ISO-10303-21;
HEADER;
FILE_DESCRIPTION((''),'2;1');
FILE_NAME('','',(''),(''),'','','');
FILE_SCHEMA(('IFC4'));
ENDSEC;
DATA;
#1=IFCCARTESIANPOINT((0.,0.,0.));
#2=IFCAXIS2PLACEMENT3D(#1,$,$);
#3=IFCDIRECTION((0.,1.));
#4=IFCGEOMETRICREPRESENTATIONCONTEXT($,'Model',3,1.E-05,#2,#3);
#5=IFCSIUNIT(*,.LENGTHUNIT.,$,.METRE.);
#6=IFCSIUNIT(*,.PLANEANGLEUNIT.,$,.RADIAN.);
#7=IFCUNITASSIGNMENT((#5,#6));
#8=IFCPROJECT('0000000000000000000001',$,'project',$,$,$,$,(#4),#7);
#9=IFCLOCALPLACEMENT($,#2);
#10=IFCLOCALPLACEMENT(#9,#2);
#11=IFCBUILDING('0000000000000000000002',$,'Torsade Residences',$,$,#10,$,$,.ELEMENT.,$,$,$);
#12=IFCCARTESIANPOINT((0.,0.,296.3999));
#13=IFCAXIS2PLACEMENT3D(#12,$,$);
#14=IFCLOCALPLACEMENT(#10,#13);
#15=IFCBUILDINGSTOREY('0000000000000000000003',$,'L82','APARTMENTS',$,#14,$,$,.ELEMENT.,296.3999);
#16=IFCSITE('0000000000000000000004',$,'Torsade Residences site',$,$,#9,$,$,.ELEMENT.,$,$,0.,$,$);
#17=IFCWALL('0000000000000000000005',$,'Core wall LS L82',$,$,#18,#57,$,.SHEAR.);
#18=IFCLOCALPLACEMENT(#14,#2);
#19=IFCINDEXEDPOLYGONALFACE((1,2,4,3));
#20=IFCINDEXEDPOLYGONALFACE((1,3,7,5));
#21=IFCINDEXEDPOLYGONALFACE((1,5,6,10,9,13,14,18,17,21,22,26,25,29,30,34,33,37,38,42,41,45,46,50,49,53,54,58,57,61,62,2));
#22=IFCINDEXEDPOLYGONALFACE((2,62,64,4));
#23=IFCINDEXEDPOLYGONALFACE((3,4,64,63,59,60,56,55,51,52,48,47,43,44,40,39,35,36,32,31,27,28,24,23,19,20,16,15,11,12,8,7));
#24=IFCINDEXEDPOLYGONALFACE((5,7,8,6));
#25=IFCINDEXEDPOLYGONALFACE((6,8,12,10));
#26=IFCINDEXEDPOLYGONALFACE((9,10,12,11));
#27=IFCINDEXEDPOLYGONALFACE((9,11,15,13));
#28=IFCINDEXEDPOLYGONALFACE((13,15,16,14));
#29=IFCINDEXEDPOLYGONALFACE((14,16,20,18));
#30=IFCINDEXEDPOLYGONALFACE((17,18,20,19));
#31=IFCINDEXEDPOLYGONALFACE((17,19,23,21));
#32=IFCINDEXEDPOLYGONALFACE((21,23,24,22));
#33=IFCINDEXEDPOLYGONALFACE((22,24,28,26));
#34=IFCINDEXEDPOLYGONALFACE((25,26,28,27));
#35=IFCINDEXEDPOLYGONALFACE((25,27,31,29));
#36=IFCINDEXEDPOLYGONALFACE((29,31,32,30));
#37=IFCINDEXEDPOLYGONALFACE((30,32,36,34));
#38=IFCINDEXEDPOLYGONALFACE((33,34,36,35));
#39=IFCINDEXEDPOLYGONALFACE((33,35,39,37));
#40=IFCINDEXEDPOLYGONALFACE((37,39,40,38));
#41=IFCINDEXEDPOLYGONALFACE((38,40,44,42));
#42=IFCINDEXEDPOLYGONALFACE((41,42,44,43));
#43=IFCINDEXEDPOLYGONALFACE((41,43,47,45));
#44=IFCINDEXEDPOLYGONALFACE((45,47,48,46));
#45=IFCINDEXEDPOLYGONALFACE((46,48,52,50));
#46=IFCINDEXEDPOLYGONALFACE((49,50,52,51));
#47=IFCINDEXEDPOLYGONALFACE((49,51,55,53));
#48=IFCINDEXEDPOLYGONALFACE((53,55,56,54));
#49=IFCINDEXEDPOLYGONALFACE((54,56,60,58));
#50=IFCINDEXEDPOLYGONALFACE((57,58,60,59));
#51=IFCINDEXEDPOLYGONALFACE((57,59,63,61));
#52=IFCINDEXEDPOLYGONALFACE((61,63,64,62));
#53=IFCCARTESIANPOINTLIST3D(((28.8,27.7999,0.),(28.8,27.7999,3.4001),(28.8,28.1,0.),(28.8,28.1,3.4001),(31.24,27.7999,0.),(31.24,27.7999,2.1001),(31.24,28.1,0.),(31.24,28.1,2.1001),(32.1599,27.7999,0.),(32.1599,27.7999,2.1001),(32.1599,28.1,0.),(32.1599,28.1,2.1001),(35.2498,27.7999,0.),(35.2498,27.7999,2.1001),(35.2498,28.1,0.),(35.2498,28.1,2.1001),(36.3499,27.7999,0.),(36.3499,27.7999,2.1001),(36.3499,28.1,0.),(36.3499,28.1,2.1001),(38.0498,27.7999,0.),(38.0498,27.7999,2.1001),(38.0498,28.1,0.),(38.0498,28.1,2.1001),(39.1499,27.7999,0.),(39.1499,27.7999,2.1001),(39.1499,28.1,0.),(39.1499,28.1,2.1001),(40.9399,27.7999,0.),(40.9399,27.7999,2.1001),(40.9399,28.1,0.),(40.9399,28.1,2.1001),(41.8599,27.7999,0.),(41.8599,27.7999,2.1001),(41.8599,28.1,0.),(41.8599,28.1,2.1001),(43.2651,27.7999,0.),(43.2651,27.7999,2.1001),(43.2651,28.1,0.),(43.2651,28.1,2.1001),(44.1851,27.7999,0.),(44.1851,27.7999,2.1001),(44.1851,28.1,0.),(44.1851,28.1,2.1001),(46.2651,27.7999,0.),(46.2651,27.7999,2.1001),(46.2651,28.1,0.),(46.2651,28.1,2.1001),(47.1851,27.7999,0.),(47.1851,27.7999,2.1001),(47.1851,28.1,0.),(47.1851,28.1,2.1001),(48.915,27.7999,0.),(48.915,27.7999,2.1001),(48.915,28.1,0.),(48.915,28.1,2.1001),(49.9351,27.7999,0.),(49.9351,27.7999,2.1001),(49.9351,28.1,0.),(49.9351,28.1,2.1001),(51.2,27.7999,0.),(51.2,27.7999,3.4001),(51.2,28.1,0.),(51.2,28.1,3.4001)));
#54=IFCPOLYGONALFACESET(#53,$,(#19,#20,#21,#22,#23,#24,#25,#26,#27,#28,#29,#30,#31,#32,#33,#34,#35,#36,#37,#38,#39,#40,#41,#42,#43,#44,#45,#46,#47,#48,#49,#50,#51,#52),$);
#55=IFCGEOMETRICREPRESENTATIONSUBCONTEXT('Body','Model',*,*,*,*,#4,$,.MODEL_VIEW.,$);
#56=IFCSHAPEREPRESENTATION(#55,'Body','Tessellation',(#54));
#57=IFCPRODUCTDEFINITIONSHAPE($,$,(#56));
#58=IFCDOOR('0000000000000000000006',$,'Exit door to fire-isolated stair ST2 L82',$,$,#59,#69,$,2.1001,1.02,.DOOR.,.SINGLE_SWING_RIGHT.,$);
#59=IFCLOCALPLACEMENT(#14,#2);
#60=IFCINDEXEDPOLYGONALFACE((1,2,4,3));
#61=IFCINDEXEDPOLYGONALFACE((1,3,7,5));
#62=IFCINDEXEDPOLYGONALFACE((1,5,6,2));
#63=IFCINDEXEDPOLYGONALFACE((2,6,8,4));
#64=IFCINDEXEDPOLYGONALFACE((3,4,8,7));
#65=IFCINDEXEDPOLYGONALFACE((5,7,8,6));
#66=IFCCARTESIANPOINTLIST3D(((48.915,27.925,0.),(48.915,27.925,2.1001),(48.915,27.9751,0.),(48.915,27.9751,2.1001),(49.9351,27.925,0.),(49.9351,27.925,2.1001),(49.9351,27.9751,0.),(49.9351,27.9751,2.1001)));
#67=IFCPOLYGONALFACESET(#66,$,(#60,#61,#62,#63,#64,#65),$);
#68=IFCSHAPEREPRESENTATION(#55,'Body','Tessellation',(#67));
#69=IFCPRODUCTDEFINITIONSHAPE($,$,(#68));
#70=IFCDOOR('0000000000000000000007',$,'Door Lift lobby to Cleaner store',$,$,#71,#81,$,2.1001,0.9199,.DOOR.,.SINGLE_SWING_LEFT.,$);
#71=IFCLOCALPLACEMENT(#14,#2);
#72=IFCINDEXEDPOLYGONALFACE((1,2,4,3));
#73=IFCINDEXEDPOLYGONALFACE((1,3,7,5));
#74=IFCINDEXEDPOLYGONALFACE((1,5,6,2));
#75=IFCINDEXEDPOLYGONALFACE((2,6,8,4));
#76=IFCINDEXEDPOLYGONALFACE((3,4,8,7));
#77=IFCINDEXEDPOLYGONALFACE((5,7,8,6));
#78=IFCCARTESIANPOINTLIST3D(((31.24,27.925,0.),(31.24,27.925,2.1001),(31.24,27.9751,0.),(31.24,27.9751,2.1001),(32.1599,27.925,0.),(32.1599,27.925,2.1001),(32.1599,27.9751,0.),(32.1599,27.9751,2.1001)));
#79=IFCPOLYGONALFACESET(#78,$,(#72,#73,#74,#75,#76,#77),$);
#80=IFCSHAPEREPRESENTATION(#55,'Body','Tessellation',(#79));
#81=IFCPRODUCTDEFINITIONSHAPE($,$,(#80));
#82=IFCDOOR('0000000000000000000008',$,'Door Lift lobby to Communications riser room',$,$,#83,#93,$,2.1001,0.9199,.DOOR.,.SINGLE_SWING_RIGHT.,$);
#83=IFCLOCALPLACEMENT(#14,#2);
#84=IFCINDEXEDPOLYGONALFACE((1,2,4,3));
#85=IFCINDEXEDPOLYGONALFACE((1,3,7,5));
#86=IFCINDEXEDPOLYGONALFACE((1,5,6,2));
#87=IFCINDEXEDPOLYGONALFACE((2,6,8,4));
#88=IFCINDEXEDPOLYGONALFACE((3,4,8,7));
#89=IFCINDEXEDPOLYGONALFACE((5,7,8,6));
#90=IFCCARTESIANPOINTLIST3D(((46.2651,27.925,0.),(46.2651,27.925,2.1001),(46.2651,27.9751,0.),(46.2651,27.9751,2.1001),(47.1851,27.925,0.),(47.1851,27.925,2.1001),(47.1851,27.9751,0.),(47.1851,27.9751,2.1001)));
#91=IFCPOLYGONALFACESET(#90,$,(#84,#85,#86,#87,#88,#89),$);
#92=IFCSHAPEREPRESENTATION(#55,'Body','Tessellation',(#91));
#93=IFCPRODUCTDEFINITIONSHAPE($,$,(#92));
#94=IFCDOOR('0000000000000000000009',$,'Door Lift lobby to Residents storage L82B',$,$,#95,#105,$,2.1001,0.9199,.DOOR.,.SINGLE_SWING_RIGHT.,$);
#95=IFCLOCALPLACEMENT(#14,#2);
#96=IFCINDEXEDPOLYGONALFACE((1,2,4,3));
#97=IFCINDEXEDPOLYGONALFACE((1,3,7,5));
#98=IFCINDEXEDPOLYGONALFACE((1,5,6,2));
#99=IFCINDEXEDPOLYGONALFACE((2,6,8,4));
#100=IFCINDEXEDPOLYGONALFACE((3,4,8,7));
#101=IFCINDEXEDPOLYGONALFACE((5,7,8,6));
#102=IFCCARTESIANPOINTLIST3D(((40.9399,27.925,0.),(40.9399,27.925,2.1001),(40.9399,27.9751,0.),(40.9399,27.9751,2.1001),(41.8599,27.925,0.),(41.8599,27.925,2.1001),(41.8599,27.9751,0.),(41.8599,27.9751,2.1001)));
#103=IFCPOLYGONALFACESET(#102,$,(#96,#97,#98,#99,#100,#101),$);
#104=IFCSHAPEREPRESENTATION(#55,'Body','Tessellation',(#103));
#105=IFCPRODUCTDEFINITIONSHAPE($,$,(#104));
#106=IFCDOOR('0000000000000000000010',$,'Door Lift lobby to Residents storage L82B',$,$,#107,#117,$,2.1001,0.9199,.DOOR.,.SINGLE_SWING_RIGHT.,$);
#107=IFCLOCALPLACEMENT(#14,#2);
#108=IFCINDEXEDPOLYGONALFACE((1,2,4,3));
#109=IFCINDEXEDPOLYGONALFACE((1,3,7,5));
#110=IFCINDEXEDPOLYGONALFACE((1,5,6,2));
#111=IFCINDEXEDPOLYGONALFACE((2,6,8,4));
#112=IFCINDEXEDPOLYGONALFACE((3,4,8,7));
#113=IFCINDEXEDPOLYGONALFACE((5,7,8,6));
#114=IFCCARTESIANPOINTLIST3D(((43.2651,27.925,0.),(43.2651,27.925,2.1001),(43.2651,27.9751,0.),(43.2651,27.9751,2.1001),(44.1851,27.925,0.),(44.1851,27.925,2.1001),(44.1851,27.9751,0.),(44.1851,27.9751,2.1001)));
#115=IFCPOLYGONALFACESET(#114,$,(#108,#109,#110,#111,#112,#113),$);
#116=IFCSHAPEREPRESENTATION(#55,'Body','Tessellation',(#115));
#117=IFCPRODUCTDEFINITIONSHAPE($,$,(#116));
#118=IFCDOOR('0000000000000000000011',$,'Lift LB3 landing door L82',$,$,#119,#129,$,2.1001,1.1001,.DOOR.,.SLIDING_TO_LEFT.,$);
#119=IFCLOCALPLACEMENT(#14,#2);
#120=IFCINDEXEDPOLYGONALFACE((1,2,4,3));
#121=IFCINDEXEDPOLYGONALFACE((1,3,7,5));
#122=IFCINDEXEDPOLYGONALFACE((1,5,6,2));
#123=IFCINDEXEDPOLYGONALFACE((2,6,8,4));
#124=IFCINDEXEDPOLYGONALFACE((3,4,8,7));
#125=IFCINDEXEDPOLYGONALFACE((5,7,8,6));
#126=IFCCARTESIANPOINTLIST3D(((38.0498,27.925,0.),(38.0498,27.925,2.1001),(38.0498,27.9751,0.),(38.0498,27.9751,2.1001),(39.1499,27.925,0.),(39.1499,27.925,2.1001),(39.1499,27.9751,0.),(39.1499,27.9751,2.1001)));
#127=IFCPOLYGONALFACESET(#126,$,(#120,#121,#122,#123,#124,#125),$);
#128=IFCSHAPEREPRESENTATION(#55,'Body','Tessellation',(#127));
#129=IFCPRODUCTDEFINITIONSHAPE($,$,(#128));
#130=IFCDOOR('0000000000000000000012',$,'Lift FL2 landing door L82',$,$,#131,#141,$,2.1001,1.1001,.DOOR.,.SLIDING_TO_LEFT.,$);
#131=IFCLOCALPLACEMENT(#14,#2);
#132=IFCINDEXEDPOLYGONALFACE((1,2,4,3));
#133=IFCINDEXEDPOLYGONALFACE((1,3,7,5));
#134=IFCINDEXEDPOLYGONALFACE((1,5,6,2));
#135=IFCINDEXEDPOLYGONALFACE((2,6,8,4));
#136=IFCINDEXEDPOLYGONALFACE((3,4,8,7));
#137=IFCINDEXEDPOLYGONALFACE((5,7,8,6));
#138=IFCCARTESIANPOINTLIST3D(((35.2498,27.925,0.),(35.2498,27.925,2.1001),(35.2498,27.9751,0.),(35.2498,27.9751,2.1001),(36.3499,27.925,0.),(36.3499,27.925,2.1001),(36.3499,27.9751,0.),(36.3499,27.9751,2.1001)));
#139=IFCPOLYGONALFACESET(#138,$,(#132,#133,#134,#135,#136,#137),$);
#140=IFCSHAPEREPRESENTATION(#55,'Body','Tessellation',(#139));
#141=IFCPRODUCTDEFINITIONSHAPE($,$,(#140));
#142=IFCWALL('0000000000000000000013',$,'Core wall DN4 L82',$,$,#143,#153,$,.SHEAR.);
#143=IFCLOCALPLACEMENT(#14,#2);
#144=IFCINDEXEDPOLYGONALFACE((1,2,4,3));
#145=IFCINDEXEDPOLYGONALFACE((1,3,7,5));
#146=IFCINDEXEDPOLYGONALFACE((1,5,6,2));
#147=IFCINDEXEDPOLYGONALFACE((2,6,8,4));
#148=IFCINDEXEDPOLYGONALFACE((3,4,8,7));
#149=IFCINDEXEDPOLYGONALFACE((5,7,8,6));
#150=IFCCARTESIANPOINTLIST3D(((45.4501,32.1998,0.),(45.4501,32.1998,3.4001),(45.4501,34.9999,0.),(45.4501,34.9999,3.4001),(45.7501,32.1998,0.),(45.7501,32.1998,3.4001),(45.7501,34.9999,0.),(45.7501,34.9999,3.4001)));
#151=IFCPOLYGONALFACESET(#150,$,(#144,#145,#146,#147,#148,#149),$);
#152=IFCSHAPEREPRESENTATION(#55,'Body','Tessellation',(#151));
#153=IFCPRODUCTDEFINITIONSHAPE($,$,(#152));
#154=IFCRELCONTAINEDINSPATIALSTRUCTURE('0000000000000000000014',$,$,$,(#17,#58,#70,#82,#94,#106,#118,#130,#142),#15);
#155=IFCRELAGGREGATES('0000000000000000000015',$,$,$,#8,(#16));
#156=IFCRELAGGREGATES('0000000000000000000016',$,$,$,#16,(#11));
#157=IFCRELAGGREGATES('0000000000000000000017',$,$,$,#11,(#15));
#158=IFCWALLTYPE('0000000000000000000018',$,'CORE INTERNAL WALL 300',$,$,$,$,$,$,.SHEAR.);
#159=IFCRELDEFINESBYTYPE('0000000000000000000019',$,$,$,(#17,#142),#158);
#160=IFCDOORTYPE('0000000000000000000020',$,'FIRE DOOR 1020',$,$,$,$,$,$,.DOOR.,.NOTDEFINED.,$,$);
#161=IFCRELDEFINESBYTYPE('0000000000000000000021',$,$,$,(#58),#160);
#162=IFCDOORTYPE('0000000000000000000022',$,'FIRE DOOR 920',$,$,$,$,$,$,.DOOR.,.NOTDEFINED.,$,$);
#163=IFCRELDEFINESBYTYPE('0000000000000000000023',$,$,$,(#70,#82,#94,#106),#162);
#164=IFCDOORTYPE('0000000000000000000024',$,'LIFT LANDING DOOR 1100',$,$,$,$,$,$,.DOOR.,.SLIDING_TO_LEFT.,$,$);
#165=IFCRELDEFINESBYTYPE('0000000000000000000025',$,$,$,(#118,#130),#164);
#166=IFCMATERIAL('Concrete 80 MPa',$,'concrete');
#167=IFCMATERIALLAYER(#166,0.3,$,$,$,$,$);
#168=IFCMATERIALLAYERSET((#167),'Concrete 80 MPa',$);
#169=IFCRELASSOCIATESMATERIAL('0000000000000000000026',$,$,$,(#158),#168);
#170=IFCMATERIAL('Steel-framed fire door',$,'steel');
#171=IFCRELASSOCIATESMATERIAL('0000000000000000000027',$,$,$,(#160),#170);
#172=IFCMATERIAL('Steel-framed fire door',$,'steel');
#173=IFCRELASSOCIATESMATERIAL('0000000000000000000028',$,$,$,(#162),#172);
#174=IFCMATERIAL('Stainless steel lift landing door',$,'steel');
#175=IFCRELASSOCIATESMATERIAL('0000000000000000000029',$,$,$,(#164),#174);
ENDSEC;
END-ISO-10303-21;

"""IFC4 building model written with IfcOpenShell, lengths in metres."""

from ifc_helpers import new_model, si_unit, direction, frame, frame_2d, origin, place, context, subcontext, project, spatial, rectangle, extrude, material, layer, layer_set, type_object, element, fill, save


model = new_model("IFC4")

# Units and contexts
model_context = context("Model", 3, precision=1e-05, world=origin(), true_north=direction((0.0, 1.0)))
body_context = subcontext(model_context, "Body", "Model", "MODEL_VIEW")
ifc_project = project(units=[si_unit("LENGTHUNIT", "METRE"), si_unit("PLANEANGLEUNIT", "RADIAN")], contexts=[model_context])

# Site, building, storey
site_placement = place(None, origin())
site = spatial("IfcSite", under=ifc_project, at=site_placement, Name="Torsade Residences site", CompositionType="ELEMENT", RefElevation=0.0)
building_placement = place(site_placement, origin())
building = spatial("IfcBuilding", under=site, at=building_placement, Name="Torsade Residences", CompositionType="ELEMENT")
storey_placement = place(building_placement, frame((0.0, 0.0, 296.3999)))
storey = spatial("IfcBuildingStorey", under=building, at=storey_placement, Name="L82", Description="APARTMENTS", CompositionType="ELEMENT", Elevation=296.3999)

# Wall, openings, doors
ifc_material_1 = material(Name="Concrete 80 MPa", Category="concrete")
ifc_layer_1 = layer(ifc_material_1, 0.3)
ifc_layer_set_1 = layer_set([ifc_layer_1], Name="Concrete 80 MPa")
wall_type_1 = type_object("IfcWallType", Name="CORE INTERNAL WALL 300", PredefinedType="SHEAR", material=ifc_layer_set_1)
wall_1_placement = place(storey_placement, frame((51.2, 27.95, 0.0), z_axis=(0.0, 0.0, 1.0), x_axis=(-1.0, 0.0, 0.0)))
wall_1 = element("IfcWall", 1, at=wall_1_placement, inside=storey, type_object=wall_type_1, Name="Core wall LS L82", PredefinedType="SHEAR", context=body_context, shape_type="SweptSolid", body=[
    extrude(rectangle(XDim=22.3999, YDim=0.3, at=frame_2d((11.2, 0.0))), origin(), (0.0, 0.0, 1.0), 3.4001),
])
opening_1_placement = place(wall_1_placement, frame((19.04, 0.0, 0.0)))
opening_1 = element("IfcOpeningElement", 2, at=opening_1_placement, cuts=wall_1, PredefinedType="OPENING", context=body_context, shape_type="SweptSolid", body=[
    extrude(rectangle(XDim=0.9199, YDim=2.1001, at=frame_2d((0.46, 1.05))), frame((0.0, 0.1599, 0.0), z_axis=(0.0, -1.0, 0.0), x_axis=(1.0, 0.0, 0.0)), (0.0, 0.0, 1.0), 0.3201),
])
opening_2_placement = place(wall_1_placement, frame((1.2649, 0.0, 0.0)))
opening_2 = element("IfcOpeningElement", 3, at=opening_2_placement, cuts=wall_1, PredefinedType="OPENING", context=body_context, shape_type="SweptSolid", body=[
    extrude(rectangle(XDim=1.02, YDim=2.1001, at=frame_2d((0.51, 1.05))), frame((0.0, 0.1599, 0.0), z_axis=(0.0, -1.0, 0.0), x_axis=(1.0, 0.0, 0.0)), (0.0, 0.0, 1.0), 0.3201),
])
opening_3_placement = place(wall_1_placement, frame((4.0149, 0.0, 0.0)))
opening_3 = element("IfcOpeningElement", 4, at=opening_3_placement, cuts=wall_1, PredefinedType="OPENING", context=body_context, shape_type="SweptSolid", body=[
    extrude(rectangle(XDim=0.9199, YDim=2.1001, at=frame_2d((0.46, 1.05))), frame((0.0, 0.1599, 0.0), z_axis=(0.0, -1.0, 0.0), x_axis=(1.0, 0.0, 0.0)), (0.0, 0.0, 1.0), 0.3201),
])
opening_4_placement = place(wall_1_placement, frame((9.3401, 0.0, 0.0)))
opening_4 = element("IfcOpeningElement", 5, at=opening_4_placement, cuts=wall_1, PredefinedType="OPENING", context=body_context, shape_type="SweptSolid", body=[
    extrude(rectangle(XDim=0.9199, YDim=2.1001, at=frame_2d((0.46, 1.05))), frame((0.0, 0.1599, 0.0), z_axis=(0.0, -1.0, 0.0), x_axis=(1.0, 0.0, 0.0)), (0.0, 0.0, 1.0), 0.3201),
])
opening_5_placement = place(wall_1_placement, frame((7.0149, 0.0, 0.0)))
opening_5 = element("IfcOpeningElement", 6, at=opening_5_placement, cuts=wall_1, PredefinedType="OPENING", context=body_context, shape_type="SweptSolid", body=[
    extrude(rectangle(XDim=0.9199, YDim=2.1001, at=frame_2d((0.46, 1.05))), frame((0.0, 0.1599, 0.0), z_axis=(0.0, -1.0, 0.0), x_axis=(1.0, 0.0, 0.0)), (0.0, 0.0, 1.0), 0.3201),
])
opening_6_placement = place(wall_1_placement, frame((12.05, 0.0, 0.0)))
opening_6 = element("IfcOpeningElement", 7, at=opening_6_placement, cuts=wall_1, PredefinedType="OPENING", context=body_context, shape_type="SweptSolid", body=[
    extrude(rectangle(XDim=1.1001, YDim=2.1001, at=frame_2d((0.55, 1.05))), frame((0.0, 0.1599, 0.0), z_axis=(0.0, -1.0, 0.0), x_axis=(1.0, 0.0, 0.0)), (0.0, 0.0, 1.0), 0.3201),
])
opening_7_placement = place(wall_1_placement, frame((14.8501, 0.0, 0.0)))
opening_7 = element("IfcOpeningElement", 8, at=opening_7_placement, cuts=wall_1, PredefinedType="OPENING", context=body_context, shape_type="SweptSolid", body=[
    extrude(rectangle(XDim=1.1001, YDim=2.1001, at=frame_2d((0.55, 1.05))), frame((0.0, 0.1599, 0.0), z_axis=(0.0, -1.0, 0.0), x_axis=(1.0, 0.0, 0.0)), (0.0, 0.0, 1.0), 0.3201),
])
ifc_material_2 = material(Name="Steel-framed fire door", Category="steel")
door_type_1 = type_object("IfcDoorType", Name="FIRE DOOR 1020", OperationType="NOTDEFINED", PredefinedType="DOOR", material=ifc_material_2)
door_1_placement = place(opening_2_placement, origin())
door_1 = element("IfcDoor", 9, at=door_1_placement, inside=storey, type_object=door_type_1, Name="Exit door to fire-isolated stair ST2 L82", OperationType="SINGLE_SWING_RIGHT", OverallHeight=2.1001, OverallWidth=1.02, PredefinedType="DOOR", context=body_context, shape_type="SweptSolid", body=[
    extrude(rectangle(XDim=1.02, YDim=2.1001, at=frame_2d((0.51, 1.05))), frame((0.0, 0.0249, 0.0), z_axis=(0.0, -1.0, 0.0), x_axis=(1.0, 0.0, 0.0)), (0.0, 0.0, 1.0), 0.05),
])
fill(opening_2, door_1)
ifc_material_3 = material(Name="Steel-framed fire door", Category="steel")
door_type_2 = type_object("IfcDoorType", Name="FIRE DOOR 920", OperationType="NOTDEFINED", PredefinedType="DOOR", material=ifc_material_3)
door_2_placement = place(opening_1_placement, origin())
door_2 = element("IfcDoor", 10, at=door_2_placement, inside=storey, type_object=door_type_2, Name="Door Lift lobby to Cleaner store", OperationType="SINGLE_SWING_LEFT", OverallHeight=2.1001, OverallWidth=0.9199, PredefinedType="DOOR", context=body_context, shape_type="SweptSolid", body=[
    extrude(rectangle(XDim=0.9199, YDim=2.1001, at=frame_2d((0.46, 1.05))), frame((0.0, 0.0249, 0.0), z_axis=(0.0, -1.0, 0.0), x_axis=(1.0, 0.0, 0.0)), (0.0, 0.0, 1.0), 0.05),
])
fill(opening_1, door_2)
door_3_placement = place(opening_3_placement, origin())
door_3 = element("IfcDoor", 11, at=door_3_placement, inside=storey, type_object=door_type_2, Name="Door Lift lobby to Communications riser room", OperationType="SINGLE_SWING_RIGHT", OverallHeight=2.1001, OverallWidth=0.9199, PredefinedType="DOOR", context=body_context, shape_type="SweptSolid", body=[
    extrude(rectangle(XDim=0.9199, YDim=2.1001, at=frame_2d((0.46, 1.05))), frame((0.0, 0.0249, 0.0), z_axis=(0.0, -1.0, 0.0), x_axis=(1.0, 0.0, 0.0)), (0.0, 0.0, 1.0), 0.05),
])
fill(opening_3, door_3)
door_4_placement = place(opening_4_placement, origin())
door_4 = element("IfcDoor", 12, at=door_4_placement, inside=storey, type_object=door_type_2, Name="Door Lift lobby to Residents storage L82B", OperationType="SINGLE_SWING_RIGHT", OverallHeight=2.1001, OverallWidth=0.9199, PredefinedType="DOOR", context=body_context, shape_type="SweptSolid", body=[
    extrude(rectangle(XDim=0.9199, YDim=2.1001, at=frame_2d((0.46, 1.05))), frame((0.0, 0.0249, 0.0), z_axis=(0.0, -1.0, 0.0), x_axis=(1.0, 0.0, 0.0)), (0.0, 0.0, 1.0), 0.05),
])
fill(opening_4, door_4)
door_5_placement = place(opening_5_placement, origin())
door_5 = element("IfcDoor", 13, at=door_5_placement, inside=storey, type_object=door_type_2, Name="Door Lift lobby to Residents storage L82B", OperationType="SINGLE_SWING_RIGHT", OverallHeight=2.1001, OverallWidth=0.9199, PredefinedType="DOOR", context=body_context, shape_type="SweptSolid", body=[
    extrude(rectangle(XDim=0.9199, YDim=2.1001, at=frame_2d((0.46, 1.05))), frame((0.0, 0.0249, 0.0), z_axis=(0.0, -1.0, 0.0), x_axis=(1.0, 0.0, 0.0)), (0.0, 0.0, 1.0), 0.05),
])
fill(opening_5, door_5)
ifc_material_4 = material(Name="Stainless steel lift landing door", Category="steel")
door_type_3 = type_object("IfcDoorType", Name="LIFT LANDING DOOR 1100", OperationType="SLIDING_TO_LEFT", PredefinedType="DOOR", material=ifc_material_4)
door_6_placement = place(opening_6_placement, origin())
door_6 = element("IfcDoor", 14, at=door_6_placement, inside=storey, type_object=door_type_3, Name="Lift LB3 landing door L82", OperationType="SLIDING_TO_LEFT", OverallHeight=2.1001, OverallWidth=1.1001, PredefinedType="DOOR", context=body_context, shape_type="SweptSolid", body=[
    extrude(rectangle(XDim=1.1001, YDim=2.1001, at=frame_2d((0.55, 1.05))), frame((0.0, 0.0249, 0.0), z_axis=(0.0, -1.0, 0.0), x_axis=(1.0, 0.0, 0.0)), (0.0, 0.0, 1.0), 0.05),
])
fill(opening_6, door_6)
door_7_placement = place(opening_7_placement, origin())
door_7 = element("IfcDoor", 15, at=door_7_placement, inside=storey, type_object=door_type_3, Name="Lift FL2 landing door L82", OperationType="SLIDING_TO_LEFT", OverallHeight=2.1001, OverallWidth=1.1001, PredefinedType="DOOR", context=body_context, shape_type="SweptSolid", body=[
    extrude(rectangle(XDim=1.1001, YDim=2.1001, at=frame_2d((0.55, 1.05))), frame((0.0, 0.0249, 0.0), z_axis=(0.0, -1.0, 0.0), x_axis=(1.0, 0.0, 0.0)), (0.0, 0.0, 1.0), 0.05),
])
fill(opening_7, door_7)

# Wall
wall_2_placement = place(storey_placement, frame((45.6001, 32.2, 0.0), z_axis=(0.0, 0.0, 1.0), x_axis=(0.0, 1.0, 0.0)))
element("IfcWall", 16, at=wall_2_placement, inside=storey, type_object=wall_type_1, Name="Core wall DN4 L82", PredefinedType="SHEAR", context=body_context, shape_type="SweptSolid", body=[
    extrude(rectangle(XDim=2.8, YDim=0.3, at=frame_2d((1.3999, 0.0))), origin(), (0.0, 0.0, 1.0), 3.4001),
])

save(model, "model.ifc")
